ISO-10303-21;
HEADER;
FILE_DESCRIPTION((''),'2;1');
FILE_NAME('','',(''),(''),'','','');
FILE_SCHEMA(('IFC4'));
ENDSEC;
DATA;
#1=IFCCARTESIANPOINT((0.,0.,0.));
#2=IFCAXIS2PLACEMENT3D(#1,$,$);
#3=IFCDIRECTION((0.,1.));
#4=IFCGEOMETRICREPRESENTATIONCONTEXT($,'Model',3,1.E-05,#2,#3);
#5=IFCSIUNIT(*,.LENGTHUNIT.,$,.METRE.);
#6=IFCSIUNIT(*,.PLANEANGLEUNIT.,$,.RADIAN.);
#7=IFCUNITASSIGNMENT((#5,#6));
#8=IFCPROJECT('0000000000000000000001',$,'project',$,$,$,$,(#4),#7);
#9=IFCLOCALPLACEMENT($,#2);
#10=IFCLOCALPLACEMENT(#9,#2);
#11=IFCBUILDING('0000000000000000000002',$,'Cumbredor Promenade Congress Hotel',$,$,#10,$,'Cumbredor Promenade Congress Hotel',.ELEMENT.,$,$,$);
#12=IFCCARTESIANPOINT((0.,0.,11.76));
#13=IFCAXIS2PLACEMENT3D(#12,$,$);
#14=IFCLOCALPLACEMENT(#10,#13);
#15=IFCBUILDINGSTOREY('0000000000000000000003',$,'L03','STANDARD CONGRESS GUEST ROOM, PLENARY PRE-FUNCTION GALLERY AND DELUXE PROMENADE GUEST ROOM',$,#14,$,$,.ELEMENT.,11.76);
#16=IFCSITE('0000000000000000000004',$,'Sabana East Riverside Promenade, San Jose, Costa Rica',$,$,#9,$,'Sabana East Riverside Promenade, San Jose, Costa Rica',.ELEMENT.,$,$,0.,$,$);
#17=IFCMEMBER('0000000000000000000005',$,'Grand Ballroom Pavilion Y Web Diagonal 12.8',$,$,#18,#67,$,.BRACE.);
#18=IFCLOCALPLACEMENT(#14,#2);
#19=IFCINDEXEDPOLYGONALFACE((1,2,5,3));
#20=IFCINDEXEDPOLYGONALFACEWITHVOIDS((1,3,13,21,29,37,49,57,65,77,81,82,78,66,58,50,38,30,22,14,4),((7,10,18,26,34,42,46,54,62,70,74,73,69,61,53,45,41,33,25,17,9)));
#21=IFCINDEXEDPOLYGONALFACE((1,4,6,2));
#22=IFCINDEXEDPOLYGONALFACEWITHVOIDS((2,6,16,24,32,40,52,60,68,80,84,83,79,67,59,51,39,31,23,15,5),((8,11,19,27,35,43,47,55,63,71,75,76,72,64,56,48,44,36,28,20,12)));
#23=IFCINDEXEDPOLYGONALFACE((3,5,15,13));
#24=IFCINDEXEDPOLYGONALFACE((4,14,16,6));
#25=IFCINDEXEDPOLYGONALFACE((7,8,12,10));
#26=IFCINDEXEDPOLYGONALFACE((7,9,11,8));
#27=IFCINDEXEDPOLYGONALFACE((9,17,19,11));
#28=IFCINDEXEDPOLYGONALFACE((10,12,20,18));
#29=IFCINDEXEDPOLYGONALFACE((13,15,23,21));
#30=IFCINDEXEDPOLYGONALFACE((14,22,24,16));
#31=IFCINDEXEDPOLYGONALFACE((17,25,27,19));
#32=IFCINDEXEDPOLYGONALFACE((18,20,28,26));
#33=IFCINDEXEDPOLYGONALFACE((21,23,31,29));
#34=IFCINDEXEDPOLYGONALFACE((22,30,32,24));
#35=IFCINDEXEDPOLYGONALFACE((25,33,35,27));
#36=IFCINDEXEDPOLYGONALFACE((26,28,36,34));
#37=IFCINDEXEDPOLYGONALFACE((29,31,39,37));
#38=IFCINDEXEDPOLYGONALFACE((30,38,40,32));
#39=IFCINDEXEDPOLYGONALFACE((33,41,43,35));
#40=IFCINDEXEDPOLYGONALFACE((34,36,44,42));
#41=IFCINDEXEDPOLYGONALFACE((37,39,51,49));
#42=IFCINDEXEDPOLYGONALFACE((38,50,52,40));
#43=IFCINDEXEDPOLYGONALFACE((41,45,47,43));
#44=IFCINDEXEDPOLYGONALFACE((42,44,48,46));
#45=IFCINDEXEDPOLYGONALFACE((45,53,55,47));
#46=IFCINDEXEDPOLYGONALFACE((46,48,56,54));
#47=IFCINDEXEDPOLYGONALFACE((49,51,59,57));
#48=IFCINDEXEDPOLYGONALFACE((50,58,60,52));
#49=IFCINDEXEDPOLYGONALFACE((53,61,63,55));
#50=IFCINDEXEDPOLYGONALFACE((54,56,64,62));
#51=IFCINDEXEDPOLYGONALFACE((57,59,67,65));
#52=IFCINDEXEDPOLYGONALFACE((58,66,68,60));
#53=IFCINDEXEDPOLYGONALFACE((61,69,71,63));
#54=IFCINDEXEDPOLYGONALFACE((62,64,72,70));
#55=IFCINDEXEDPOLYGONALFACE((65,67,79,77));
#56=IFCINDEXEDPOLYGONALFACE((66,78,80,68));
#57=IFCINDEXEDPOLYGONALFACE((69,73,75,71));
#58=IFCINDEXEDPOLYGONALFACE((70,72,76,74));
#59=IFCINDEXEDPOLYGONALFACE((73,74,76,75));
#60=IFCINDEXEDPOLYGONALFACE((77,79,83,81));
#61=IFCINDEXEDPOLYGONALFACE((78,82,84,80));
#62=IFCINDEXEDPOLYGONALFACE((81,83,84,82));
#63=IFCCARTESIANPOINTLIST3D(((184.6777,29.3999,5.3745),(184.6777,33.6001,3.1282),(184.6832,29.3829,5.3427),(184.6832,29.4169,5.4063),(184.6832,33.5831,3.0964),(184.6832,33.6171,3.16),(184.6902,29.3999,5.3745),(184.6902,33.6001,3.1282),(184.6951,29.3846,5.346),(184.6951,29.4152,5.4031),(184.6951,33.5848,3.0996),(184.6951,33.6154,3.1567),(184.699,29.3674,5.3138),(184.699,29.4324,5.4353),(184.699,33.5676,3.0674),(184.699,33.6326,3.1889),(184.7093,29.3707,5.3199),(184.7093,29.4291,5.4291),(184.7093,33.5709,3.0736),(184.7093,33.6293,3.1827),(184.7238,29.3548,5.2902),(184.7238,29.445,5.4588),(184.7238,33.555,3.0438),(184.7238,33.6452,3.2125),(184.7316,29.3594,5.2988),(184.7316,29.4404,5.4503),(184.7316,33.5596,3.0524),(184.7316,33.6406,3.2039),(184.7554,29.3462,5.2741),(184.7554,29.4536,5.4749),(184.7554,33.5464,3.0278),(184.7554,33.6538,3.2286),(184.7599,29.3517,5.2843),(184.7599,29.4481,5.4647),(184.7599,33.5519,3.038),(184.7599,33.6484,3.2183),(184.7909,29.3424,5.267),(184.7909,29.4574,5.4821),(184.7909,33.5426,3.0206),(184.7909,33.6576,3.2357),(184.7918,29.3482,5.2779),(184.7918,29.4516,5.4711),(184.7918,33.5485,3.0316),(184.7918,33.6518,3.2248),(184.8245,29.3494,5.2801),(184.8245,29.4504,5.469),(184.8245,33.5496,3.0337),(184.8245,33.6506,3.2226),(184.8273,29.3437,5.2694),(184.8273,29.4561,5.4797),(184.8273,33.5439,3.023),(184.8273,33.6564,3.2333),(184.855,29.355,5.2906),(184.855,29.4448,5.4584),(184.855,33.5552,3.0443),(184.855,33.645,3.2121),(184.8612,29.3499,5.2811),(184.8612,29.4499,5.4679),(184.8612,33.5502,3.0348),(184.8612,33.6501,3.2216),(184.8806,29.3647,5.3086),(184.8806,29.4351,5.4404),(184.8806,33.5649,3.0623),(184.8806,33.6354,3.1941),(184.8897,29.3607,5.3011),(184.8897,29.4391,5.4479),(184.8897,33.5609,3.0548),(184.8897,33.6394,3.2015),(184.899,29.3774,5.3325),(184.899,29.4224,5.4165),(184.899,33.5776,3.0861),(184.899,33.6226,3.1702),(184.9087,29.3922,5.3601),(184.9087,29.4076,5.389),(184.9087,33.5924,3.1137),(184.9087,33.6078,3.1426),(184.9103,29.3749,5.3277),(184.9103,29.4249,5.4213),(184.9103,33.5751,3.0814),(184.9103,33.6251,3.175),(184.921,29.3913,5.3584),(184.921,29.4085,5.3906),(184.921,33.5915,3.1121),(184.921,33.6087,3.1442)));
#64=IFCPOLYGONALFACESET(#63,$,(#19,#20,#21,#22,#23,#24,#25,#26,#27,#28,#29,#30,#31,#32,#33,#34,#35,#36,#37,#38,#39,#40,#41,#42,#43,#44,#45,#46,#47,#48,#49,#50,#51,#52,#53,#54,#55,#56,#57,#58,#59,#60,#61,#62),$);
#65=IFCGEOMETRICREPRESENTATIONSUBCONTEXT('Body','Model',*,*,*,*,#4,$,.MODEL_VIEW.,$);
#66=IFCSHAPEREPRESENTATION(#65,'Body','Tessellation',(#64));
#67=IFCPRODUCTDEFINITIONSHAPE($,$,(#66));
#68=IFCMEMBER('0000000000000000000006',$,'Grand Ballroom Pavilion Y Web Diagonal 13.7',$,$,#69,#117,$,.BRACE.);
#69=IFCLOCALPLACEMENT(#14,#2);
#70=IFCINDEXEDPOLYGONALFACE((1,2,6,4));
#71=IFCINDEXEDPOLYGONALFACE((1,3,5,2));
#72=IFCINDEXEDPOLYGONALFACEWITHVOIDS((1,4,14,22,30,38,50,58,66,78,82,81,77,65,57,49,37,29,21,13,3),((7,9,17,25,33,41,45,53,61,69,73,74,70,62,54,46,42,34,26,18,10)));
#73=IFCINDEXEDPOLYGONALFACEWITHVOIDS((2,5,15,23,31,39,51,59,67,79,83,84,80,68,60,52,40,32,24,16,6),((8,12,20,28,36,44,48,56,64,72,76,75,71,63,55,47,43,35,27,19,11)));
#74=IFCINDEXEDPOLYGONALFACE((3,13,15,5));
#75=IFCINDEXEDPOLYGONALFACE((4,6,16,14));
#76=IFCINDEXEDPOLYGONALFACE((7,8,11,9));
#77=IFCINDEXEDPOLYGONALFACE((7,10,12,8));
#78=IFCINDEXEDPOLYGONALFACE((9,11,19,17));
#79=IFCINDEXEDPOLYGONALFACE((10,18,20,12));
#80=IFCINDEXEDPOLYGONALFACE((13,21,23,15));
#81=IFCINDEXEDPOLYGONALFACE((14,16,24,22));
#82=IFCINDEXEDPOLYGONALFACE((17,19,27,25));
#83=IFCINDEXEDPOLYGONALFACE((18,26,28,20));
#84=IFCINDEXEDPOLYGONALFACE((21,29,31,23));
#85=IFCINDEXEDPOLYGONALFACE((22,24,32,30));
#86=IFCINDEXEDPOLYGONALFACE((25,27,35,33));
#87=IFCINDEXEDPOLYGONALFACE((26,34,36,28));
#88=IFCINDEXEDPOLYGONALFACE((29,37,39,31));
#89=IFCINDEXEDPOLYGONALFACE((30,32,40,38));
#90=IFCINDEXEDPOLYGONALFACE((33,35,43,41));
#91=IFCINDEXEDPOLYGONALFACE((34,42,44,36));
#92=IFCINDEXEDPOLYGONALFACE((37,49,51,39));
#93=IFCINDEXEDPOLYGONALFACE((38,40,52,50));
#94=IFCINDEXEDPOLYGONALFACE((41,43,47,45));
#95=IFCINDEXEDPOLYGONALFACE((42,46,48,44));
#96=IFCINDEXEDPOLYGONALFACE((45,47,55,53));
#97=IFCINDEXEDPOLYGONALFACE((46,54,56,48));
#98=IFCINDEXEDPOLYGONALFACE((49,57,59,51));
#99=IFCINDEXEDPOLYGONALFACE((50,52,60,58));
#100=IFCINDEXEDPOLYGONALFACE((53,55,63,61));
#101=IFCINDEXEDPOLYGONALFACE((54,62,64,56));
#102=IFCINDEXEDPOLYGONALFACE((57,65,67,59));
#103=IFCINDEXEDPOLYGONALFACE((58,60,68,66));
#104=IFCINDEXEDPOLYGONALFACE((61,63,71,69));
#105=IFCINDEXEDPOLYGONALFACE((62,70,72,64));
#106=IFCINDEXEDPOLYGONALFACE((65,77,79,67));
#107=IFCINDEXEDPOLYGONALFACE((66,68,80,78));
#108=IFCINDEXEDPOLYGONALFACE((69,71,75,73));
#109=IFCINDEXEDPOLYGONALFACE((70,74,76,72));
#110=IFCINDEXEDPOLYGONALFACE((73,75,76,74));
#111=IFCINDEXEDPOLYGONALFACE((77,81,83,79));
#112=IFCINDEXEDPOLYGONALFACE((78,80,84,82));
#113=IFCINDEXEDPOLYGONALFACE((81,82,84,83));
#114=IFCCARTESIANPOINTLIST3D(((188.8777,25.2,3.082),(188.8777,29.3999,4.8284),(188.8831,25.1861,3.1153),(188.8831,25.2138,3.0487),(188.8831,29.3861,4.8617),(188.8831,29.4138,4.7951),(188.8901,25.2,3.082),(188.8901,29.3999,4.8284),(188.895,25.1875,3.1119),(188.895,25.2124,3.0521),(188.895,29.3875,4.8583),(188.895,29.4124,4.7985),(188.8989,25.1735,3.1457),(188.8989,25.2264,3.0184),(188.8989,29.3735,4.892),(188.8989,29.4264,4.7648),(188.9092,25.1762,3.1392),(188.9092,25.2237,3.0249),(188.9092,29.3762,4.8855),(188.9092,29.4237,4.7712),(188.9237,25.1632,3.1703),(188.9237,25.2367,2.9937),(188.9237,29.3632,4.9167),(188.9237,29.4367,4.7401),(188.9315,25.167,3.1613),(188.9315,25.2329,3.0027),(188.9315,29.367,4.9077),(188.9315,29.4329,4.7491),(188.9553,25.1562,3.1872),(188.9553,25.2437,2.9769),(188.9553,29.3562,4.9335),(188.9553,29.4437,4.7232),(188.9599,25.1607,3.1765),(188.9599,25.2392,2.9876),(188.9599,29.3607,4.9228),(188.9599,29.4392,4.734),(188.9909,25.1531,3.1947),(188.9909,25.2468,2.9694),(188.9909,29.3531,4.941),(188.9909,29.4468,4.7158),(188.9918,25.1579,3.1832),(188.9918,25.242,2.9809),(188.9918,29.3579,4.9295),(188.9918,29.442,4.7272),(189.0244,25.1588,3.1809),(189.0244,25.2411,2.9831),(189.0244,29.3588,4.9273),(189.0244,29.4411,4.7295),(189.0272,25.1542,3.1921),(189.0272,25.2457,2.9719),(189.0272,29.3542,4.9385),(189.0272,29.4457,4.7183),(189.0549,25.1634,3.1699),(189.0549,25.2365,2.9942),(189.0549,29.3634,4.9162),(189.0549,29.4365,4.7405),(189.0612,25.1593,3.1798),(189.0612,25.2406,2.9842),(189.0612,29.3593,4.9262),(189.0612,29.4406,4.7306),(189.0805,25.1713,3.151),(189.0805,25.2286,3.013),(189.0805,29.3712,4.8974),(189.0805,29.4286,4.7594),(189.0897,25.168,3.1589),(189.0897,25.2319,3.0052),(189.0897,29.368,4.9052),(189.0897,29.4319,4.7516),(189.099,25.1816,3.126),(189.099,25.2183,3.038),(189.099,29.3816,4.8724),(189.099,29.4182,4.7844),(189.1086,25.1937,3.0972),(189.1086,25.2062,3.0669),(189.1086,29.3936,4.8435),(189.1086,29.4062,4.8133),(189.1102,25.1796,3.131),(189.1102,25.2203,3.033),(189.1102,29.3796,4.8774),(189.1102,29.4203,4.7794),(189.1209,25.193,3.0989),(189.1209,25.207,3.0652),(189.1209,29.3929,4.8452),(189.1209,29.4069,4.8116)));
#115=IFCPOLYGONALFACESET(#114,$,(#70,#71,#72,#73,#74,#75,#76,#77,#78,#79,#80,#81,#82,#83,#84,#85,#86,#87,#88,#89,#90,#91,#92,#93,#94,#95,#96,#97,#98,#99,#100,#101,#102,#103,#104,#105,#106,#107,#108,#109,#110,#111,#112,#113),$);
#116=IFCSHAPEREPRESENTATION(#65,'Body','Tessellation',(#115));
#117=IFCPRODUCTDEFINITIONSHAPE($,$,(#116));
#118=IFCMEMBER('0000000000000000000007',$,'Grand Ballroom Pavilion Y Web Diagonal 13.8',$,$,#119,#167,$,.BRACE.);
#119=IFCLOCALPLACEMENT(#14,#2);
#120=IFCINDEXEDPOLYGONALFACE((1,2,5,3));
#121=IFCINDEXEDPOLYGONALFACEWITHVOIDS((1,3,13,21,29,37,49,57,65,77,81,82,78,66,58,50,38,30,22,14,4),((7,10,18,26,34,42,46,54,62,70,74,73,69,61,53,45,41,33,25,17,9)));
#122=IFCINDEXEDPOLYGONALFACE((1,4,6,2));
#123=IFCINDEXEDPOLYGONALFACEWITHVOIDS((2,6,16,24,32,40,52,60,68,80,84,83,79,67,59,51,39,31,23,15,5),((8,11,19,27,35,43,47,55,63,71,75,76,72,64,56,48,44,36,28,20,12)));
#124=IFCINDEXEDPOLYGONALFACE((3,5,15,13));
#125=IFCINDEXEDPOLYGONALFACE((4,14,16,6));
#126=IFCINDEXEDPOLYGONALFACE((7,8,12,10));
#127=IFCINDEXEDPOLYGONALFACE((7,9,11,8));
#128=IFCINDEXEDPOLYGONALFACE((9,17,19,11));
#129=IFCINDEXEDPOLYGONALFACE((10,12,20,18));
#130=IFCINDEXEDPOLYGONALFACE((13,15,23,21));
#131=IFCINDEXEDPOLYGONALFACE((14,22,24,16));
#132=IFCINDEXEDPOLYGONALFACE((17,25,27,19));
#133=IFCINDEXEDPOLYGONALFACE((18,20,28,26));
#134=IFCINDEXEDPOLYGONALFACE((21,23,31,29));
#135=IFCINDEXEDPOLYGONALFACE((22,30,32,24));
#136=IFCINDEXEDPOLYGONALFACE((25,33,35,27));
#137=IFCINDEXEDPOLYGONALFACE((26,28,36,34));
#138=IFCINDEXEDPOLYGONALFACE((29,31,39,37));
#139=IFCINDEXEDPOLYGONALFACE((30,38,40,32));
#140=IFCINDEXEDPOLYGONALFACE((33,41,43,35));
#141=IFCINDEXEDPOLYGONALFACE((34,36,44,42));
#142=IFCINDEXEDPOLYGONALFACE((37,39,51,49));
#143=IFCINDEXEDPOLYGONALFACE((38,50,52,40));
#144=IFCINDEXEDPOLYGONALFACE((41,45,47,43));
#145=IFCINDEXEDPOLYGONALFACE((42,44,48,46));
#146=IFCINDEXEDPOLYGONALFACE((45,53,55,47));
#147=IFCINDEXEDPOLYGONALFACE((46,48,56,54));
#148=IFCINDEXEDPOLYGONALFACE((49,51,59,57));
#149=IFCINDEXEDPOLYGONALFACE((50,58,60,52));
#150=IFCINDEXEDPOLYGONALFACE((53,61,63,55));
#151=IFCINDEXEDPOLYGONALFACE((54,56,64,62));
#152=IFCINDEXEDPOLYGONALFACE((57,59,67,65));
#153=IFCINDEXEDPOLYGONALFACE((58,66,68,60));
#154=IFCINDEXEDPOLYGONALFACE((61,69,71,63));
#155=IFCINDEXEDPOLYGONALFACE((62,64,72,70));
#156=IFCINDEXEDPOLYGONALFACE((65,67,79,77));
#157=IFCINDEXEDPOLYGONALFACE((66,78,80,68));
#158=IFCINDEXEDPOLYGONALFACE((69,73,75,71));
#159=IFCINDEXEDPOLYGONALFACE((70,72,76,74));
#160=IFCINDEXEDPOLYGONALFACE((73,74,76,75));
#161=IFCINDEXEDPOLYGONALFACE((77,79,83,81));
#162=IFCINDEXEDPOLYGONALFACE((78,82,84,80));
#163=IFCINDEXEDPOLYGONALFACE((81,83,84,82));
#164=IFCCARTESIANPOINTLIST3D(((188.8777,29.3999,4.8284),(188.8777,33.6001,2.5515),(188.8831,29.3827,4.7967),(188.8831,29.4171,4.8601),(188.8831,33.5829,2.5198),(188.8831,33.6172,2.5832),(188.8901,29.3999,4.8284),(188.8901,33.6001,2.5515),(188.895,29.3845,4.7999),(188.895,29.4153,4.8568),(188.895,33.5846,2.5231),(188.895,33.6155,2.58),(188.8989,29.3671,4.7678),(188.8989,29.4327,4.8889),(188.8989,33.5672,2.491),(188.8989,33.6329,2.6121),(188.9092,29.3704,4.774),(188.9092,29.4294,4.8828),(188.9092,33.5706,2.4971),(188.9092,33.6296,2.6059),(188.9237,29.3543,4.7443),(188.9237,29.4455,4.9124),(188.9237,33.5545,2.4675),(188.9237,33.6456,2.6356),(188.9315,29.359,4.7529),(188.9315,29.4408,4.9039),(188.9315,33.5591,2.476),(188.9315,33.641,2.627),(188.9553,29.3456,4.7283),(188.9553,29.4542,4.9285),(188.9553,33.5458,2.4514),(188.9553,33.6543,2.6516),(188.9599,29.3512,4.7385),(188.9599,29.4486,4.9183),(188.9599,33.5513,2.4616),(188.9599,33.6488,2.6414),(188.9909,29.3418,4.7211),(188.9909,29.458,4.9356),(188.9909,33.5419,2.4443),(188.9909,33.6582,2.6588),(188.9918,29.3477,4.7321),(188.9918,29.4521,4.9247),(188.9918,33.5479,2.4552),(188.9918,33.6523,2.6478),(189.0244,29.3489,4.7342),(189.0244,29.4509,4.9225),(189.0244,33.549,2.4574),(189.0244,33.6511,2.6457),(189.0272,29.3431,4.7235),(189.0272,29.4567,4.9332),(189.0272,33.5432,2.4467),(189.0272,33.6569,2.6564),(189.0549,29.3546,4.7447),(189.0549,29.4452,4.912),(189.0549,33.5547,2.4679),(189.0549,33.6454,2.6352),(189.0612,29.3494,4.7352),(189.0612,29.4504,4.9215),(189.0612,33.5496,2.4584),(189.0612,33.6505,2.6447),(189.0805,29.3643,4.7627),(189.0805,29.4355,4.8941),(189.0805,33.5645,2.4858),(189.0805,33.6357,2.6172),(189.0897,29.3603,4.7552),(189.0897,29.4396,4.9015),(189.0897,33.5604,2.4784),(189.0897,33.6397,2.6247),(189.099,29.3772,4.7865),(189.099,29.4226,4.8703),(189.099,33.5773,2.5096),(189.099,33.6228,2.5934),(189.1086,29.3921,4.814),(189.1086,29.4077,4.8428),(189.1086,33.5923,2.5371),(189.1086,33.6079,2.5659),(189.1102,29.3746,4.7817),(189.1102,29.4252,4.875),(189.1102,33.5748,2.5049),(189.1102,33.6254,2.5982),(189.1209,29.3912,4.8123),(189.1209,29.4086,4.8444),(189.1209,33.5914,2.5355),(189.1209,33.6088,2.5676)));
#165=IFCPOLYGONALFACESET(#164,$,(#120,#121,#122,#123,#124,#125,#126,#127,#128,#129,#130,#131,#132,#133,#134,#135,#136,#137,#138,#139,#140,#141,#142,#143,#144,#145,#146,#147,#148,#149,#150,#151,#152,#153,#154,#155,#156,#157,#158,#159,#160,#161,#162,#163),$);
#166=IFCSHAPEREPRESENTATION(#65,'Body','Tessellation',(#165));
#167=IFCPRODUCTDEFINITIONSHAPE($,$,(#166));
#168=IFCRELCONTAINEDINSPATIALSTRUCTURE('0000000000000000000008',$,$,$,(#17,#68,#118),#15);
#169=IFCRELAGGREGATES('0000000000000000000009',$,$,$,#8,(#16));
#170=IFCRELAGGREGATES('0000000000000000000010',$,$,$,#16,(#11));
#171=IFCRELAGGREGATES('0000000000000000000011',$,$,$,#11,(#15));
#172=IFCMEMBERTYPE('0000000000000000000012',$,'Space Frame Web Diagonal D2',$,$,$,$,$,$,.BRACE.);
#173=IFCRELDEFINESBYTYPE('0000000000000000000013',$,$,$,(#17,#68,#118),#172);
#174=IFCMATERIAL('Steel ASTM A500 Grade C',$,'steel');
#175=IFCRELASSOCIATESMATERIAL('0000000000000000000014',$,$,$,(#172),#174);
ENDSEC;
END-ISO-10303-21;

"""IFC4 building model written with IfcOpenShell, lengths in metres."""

from ifc_helpers import new_model, si_unit, direction, frame, origin, origin_2d, place, context, subcontext, project, spatial, hollow_circle, extrude, material, material_profile, profile_set, type_object, element, save


model = new_model("IFC4")

# Units and contexts
model_context = context("Model", 3, precision=1e-05, world=origin(), true_north=direction((0.0, 1.0)))
body_context = subcontext(model_context, "Body", "Model", "MODEL_VIEW")
ifc_project = project(units=[si_unit("LENGTHUNIT", "METRE"), si_unit("PLANEANGLEUNIT", "RADIAN")], contexts=[model_context])

# Site, building, storey
site_placement = place(None, origin())
site = spatial("IfcSite", under=ifc_project, at=site_placement, Name="Sabana East Riverside Promenade, San Jose, Costa Rica", LongName="Sabana East Riverside Promenade, San Jose, Costa Rica", CompositionType="ELEMENT", RefElevation=0.0)
building_placement = place(site_placement, origin())
building = spatial("IfcBuilding", under=site, at=building_placement, Name="Cumbredor Promenade Congress Hotel", LongName="Cumbredor Promenade Congress Hotel", CompositionType="ELEMENT")
storey_placement = place(building_placement, frame((0.0, 0.0, 11.76)))
storey = spatial("IfcBuildingStorey", under=building, at=storey_placement, Name="L03", Description="STANDARD CONGRESS GUEST ROOM, PLENARY PRE-FUNCTION GALLERY AND DELUXE PROMENADE GUEST ROOM", CompositionType="ELEMENT", Elevation=11.76)

# Shared definitions
ifc_material_1 = material(Name="Steel ASTM A500 Grade C", Category="steel")

# Members
ifc_material_profile_1 = material_profile(ifc_material_1, hollow_circle(Radius=0.1223, WallThickness=0.0125, at=origin_2d()), Name="CHS 244.5x12.5")
ifc_profile_set_1 = profile_set([ifc_material_profile_1], Name="Steel ASTM A500 Grade C")
member_type_1 = type_object("IfcMemberType", Name="Space Frame Web Diagonal D2", PredefinedType="BRACE", material=ifc_profile_set_1)
member_1_placement = place(storey_placement, frame((184.8, 29.3999, 5.3745), z_axis=(0.0, 0.881809, -0.471607), x_axis=(-1.0, 0.0, 0.0)))
element("IfcMember", 1, at=member_1_placement, inside=storey, type_object=member_type_1, Name="Grand Ballroom Pavilion Y Web Diagonal 12.8", PredefinedType="BRACE", context=body_context, shape_type="SweptSolid", body=[
    extrude(hollow_circle(Radius=0.1223, WallThickness=0.0125, at=origin_2d()), origin(), (0.0, 0.0, 1.0), 4.7632),
])
member_2_placement = place(storey_placement, frame((189.0, 25.2, 3.082), z_axis=(0.0, 0.923361, 0.383933), x_axis=(-1.0, 0.0, 0.0)))
element("IfcMember", 2, at=member_2_placement, inside=storey, type_object=member_type_1, Name="Grand Ballroom Pavilion Y Web Diagonal 13.7", PredefinedType="BRACE", context=body_context, shape_type="SweptSolid", body=[
    extrude(hollow_circle(Radius=0.1223, WallThickness=0.0125, at=origin_2d()), origin(), (0.0, 0.0, 1.0), 4.5486),
])
member_3_placement = place(storey_placement, frame((189.0, 29.3999, 4.8284), z_axis=(0.0, 0.879139, -0.476566), x_axis=(-1.0, 0.0, 0.0)))
element("IfcMember", 3, at=member_3_placement, inside=storey, type_object=member_type_1, Name="Grand Ballroom Pavilion Y Web Diagonal 13.8", PredefinedType="BRACE", context=body_context, shape_type="SweptSolid", body=[
    extrude(hollow_circle(Radius=0.1223, WallThickness=0.0125, at=origin_2d()), origin(), (0.0, 0.0, 1.0), 4.7776),
])

save(model, "model.ifc")
